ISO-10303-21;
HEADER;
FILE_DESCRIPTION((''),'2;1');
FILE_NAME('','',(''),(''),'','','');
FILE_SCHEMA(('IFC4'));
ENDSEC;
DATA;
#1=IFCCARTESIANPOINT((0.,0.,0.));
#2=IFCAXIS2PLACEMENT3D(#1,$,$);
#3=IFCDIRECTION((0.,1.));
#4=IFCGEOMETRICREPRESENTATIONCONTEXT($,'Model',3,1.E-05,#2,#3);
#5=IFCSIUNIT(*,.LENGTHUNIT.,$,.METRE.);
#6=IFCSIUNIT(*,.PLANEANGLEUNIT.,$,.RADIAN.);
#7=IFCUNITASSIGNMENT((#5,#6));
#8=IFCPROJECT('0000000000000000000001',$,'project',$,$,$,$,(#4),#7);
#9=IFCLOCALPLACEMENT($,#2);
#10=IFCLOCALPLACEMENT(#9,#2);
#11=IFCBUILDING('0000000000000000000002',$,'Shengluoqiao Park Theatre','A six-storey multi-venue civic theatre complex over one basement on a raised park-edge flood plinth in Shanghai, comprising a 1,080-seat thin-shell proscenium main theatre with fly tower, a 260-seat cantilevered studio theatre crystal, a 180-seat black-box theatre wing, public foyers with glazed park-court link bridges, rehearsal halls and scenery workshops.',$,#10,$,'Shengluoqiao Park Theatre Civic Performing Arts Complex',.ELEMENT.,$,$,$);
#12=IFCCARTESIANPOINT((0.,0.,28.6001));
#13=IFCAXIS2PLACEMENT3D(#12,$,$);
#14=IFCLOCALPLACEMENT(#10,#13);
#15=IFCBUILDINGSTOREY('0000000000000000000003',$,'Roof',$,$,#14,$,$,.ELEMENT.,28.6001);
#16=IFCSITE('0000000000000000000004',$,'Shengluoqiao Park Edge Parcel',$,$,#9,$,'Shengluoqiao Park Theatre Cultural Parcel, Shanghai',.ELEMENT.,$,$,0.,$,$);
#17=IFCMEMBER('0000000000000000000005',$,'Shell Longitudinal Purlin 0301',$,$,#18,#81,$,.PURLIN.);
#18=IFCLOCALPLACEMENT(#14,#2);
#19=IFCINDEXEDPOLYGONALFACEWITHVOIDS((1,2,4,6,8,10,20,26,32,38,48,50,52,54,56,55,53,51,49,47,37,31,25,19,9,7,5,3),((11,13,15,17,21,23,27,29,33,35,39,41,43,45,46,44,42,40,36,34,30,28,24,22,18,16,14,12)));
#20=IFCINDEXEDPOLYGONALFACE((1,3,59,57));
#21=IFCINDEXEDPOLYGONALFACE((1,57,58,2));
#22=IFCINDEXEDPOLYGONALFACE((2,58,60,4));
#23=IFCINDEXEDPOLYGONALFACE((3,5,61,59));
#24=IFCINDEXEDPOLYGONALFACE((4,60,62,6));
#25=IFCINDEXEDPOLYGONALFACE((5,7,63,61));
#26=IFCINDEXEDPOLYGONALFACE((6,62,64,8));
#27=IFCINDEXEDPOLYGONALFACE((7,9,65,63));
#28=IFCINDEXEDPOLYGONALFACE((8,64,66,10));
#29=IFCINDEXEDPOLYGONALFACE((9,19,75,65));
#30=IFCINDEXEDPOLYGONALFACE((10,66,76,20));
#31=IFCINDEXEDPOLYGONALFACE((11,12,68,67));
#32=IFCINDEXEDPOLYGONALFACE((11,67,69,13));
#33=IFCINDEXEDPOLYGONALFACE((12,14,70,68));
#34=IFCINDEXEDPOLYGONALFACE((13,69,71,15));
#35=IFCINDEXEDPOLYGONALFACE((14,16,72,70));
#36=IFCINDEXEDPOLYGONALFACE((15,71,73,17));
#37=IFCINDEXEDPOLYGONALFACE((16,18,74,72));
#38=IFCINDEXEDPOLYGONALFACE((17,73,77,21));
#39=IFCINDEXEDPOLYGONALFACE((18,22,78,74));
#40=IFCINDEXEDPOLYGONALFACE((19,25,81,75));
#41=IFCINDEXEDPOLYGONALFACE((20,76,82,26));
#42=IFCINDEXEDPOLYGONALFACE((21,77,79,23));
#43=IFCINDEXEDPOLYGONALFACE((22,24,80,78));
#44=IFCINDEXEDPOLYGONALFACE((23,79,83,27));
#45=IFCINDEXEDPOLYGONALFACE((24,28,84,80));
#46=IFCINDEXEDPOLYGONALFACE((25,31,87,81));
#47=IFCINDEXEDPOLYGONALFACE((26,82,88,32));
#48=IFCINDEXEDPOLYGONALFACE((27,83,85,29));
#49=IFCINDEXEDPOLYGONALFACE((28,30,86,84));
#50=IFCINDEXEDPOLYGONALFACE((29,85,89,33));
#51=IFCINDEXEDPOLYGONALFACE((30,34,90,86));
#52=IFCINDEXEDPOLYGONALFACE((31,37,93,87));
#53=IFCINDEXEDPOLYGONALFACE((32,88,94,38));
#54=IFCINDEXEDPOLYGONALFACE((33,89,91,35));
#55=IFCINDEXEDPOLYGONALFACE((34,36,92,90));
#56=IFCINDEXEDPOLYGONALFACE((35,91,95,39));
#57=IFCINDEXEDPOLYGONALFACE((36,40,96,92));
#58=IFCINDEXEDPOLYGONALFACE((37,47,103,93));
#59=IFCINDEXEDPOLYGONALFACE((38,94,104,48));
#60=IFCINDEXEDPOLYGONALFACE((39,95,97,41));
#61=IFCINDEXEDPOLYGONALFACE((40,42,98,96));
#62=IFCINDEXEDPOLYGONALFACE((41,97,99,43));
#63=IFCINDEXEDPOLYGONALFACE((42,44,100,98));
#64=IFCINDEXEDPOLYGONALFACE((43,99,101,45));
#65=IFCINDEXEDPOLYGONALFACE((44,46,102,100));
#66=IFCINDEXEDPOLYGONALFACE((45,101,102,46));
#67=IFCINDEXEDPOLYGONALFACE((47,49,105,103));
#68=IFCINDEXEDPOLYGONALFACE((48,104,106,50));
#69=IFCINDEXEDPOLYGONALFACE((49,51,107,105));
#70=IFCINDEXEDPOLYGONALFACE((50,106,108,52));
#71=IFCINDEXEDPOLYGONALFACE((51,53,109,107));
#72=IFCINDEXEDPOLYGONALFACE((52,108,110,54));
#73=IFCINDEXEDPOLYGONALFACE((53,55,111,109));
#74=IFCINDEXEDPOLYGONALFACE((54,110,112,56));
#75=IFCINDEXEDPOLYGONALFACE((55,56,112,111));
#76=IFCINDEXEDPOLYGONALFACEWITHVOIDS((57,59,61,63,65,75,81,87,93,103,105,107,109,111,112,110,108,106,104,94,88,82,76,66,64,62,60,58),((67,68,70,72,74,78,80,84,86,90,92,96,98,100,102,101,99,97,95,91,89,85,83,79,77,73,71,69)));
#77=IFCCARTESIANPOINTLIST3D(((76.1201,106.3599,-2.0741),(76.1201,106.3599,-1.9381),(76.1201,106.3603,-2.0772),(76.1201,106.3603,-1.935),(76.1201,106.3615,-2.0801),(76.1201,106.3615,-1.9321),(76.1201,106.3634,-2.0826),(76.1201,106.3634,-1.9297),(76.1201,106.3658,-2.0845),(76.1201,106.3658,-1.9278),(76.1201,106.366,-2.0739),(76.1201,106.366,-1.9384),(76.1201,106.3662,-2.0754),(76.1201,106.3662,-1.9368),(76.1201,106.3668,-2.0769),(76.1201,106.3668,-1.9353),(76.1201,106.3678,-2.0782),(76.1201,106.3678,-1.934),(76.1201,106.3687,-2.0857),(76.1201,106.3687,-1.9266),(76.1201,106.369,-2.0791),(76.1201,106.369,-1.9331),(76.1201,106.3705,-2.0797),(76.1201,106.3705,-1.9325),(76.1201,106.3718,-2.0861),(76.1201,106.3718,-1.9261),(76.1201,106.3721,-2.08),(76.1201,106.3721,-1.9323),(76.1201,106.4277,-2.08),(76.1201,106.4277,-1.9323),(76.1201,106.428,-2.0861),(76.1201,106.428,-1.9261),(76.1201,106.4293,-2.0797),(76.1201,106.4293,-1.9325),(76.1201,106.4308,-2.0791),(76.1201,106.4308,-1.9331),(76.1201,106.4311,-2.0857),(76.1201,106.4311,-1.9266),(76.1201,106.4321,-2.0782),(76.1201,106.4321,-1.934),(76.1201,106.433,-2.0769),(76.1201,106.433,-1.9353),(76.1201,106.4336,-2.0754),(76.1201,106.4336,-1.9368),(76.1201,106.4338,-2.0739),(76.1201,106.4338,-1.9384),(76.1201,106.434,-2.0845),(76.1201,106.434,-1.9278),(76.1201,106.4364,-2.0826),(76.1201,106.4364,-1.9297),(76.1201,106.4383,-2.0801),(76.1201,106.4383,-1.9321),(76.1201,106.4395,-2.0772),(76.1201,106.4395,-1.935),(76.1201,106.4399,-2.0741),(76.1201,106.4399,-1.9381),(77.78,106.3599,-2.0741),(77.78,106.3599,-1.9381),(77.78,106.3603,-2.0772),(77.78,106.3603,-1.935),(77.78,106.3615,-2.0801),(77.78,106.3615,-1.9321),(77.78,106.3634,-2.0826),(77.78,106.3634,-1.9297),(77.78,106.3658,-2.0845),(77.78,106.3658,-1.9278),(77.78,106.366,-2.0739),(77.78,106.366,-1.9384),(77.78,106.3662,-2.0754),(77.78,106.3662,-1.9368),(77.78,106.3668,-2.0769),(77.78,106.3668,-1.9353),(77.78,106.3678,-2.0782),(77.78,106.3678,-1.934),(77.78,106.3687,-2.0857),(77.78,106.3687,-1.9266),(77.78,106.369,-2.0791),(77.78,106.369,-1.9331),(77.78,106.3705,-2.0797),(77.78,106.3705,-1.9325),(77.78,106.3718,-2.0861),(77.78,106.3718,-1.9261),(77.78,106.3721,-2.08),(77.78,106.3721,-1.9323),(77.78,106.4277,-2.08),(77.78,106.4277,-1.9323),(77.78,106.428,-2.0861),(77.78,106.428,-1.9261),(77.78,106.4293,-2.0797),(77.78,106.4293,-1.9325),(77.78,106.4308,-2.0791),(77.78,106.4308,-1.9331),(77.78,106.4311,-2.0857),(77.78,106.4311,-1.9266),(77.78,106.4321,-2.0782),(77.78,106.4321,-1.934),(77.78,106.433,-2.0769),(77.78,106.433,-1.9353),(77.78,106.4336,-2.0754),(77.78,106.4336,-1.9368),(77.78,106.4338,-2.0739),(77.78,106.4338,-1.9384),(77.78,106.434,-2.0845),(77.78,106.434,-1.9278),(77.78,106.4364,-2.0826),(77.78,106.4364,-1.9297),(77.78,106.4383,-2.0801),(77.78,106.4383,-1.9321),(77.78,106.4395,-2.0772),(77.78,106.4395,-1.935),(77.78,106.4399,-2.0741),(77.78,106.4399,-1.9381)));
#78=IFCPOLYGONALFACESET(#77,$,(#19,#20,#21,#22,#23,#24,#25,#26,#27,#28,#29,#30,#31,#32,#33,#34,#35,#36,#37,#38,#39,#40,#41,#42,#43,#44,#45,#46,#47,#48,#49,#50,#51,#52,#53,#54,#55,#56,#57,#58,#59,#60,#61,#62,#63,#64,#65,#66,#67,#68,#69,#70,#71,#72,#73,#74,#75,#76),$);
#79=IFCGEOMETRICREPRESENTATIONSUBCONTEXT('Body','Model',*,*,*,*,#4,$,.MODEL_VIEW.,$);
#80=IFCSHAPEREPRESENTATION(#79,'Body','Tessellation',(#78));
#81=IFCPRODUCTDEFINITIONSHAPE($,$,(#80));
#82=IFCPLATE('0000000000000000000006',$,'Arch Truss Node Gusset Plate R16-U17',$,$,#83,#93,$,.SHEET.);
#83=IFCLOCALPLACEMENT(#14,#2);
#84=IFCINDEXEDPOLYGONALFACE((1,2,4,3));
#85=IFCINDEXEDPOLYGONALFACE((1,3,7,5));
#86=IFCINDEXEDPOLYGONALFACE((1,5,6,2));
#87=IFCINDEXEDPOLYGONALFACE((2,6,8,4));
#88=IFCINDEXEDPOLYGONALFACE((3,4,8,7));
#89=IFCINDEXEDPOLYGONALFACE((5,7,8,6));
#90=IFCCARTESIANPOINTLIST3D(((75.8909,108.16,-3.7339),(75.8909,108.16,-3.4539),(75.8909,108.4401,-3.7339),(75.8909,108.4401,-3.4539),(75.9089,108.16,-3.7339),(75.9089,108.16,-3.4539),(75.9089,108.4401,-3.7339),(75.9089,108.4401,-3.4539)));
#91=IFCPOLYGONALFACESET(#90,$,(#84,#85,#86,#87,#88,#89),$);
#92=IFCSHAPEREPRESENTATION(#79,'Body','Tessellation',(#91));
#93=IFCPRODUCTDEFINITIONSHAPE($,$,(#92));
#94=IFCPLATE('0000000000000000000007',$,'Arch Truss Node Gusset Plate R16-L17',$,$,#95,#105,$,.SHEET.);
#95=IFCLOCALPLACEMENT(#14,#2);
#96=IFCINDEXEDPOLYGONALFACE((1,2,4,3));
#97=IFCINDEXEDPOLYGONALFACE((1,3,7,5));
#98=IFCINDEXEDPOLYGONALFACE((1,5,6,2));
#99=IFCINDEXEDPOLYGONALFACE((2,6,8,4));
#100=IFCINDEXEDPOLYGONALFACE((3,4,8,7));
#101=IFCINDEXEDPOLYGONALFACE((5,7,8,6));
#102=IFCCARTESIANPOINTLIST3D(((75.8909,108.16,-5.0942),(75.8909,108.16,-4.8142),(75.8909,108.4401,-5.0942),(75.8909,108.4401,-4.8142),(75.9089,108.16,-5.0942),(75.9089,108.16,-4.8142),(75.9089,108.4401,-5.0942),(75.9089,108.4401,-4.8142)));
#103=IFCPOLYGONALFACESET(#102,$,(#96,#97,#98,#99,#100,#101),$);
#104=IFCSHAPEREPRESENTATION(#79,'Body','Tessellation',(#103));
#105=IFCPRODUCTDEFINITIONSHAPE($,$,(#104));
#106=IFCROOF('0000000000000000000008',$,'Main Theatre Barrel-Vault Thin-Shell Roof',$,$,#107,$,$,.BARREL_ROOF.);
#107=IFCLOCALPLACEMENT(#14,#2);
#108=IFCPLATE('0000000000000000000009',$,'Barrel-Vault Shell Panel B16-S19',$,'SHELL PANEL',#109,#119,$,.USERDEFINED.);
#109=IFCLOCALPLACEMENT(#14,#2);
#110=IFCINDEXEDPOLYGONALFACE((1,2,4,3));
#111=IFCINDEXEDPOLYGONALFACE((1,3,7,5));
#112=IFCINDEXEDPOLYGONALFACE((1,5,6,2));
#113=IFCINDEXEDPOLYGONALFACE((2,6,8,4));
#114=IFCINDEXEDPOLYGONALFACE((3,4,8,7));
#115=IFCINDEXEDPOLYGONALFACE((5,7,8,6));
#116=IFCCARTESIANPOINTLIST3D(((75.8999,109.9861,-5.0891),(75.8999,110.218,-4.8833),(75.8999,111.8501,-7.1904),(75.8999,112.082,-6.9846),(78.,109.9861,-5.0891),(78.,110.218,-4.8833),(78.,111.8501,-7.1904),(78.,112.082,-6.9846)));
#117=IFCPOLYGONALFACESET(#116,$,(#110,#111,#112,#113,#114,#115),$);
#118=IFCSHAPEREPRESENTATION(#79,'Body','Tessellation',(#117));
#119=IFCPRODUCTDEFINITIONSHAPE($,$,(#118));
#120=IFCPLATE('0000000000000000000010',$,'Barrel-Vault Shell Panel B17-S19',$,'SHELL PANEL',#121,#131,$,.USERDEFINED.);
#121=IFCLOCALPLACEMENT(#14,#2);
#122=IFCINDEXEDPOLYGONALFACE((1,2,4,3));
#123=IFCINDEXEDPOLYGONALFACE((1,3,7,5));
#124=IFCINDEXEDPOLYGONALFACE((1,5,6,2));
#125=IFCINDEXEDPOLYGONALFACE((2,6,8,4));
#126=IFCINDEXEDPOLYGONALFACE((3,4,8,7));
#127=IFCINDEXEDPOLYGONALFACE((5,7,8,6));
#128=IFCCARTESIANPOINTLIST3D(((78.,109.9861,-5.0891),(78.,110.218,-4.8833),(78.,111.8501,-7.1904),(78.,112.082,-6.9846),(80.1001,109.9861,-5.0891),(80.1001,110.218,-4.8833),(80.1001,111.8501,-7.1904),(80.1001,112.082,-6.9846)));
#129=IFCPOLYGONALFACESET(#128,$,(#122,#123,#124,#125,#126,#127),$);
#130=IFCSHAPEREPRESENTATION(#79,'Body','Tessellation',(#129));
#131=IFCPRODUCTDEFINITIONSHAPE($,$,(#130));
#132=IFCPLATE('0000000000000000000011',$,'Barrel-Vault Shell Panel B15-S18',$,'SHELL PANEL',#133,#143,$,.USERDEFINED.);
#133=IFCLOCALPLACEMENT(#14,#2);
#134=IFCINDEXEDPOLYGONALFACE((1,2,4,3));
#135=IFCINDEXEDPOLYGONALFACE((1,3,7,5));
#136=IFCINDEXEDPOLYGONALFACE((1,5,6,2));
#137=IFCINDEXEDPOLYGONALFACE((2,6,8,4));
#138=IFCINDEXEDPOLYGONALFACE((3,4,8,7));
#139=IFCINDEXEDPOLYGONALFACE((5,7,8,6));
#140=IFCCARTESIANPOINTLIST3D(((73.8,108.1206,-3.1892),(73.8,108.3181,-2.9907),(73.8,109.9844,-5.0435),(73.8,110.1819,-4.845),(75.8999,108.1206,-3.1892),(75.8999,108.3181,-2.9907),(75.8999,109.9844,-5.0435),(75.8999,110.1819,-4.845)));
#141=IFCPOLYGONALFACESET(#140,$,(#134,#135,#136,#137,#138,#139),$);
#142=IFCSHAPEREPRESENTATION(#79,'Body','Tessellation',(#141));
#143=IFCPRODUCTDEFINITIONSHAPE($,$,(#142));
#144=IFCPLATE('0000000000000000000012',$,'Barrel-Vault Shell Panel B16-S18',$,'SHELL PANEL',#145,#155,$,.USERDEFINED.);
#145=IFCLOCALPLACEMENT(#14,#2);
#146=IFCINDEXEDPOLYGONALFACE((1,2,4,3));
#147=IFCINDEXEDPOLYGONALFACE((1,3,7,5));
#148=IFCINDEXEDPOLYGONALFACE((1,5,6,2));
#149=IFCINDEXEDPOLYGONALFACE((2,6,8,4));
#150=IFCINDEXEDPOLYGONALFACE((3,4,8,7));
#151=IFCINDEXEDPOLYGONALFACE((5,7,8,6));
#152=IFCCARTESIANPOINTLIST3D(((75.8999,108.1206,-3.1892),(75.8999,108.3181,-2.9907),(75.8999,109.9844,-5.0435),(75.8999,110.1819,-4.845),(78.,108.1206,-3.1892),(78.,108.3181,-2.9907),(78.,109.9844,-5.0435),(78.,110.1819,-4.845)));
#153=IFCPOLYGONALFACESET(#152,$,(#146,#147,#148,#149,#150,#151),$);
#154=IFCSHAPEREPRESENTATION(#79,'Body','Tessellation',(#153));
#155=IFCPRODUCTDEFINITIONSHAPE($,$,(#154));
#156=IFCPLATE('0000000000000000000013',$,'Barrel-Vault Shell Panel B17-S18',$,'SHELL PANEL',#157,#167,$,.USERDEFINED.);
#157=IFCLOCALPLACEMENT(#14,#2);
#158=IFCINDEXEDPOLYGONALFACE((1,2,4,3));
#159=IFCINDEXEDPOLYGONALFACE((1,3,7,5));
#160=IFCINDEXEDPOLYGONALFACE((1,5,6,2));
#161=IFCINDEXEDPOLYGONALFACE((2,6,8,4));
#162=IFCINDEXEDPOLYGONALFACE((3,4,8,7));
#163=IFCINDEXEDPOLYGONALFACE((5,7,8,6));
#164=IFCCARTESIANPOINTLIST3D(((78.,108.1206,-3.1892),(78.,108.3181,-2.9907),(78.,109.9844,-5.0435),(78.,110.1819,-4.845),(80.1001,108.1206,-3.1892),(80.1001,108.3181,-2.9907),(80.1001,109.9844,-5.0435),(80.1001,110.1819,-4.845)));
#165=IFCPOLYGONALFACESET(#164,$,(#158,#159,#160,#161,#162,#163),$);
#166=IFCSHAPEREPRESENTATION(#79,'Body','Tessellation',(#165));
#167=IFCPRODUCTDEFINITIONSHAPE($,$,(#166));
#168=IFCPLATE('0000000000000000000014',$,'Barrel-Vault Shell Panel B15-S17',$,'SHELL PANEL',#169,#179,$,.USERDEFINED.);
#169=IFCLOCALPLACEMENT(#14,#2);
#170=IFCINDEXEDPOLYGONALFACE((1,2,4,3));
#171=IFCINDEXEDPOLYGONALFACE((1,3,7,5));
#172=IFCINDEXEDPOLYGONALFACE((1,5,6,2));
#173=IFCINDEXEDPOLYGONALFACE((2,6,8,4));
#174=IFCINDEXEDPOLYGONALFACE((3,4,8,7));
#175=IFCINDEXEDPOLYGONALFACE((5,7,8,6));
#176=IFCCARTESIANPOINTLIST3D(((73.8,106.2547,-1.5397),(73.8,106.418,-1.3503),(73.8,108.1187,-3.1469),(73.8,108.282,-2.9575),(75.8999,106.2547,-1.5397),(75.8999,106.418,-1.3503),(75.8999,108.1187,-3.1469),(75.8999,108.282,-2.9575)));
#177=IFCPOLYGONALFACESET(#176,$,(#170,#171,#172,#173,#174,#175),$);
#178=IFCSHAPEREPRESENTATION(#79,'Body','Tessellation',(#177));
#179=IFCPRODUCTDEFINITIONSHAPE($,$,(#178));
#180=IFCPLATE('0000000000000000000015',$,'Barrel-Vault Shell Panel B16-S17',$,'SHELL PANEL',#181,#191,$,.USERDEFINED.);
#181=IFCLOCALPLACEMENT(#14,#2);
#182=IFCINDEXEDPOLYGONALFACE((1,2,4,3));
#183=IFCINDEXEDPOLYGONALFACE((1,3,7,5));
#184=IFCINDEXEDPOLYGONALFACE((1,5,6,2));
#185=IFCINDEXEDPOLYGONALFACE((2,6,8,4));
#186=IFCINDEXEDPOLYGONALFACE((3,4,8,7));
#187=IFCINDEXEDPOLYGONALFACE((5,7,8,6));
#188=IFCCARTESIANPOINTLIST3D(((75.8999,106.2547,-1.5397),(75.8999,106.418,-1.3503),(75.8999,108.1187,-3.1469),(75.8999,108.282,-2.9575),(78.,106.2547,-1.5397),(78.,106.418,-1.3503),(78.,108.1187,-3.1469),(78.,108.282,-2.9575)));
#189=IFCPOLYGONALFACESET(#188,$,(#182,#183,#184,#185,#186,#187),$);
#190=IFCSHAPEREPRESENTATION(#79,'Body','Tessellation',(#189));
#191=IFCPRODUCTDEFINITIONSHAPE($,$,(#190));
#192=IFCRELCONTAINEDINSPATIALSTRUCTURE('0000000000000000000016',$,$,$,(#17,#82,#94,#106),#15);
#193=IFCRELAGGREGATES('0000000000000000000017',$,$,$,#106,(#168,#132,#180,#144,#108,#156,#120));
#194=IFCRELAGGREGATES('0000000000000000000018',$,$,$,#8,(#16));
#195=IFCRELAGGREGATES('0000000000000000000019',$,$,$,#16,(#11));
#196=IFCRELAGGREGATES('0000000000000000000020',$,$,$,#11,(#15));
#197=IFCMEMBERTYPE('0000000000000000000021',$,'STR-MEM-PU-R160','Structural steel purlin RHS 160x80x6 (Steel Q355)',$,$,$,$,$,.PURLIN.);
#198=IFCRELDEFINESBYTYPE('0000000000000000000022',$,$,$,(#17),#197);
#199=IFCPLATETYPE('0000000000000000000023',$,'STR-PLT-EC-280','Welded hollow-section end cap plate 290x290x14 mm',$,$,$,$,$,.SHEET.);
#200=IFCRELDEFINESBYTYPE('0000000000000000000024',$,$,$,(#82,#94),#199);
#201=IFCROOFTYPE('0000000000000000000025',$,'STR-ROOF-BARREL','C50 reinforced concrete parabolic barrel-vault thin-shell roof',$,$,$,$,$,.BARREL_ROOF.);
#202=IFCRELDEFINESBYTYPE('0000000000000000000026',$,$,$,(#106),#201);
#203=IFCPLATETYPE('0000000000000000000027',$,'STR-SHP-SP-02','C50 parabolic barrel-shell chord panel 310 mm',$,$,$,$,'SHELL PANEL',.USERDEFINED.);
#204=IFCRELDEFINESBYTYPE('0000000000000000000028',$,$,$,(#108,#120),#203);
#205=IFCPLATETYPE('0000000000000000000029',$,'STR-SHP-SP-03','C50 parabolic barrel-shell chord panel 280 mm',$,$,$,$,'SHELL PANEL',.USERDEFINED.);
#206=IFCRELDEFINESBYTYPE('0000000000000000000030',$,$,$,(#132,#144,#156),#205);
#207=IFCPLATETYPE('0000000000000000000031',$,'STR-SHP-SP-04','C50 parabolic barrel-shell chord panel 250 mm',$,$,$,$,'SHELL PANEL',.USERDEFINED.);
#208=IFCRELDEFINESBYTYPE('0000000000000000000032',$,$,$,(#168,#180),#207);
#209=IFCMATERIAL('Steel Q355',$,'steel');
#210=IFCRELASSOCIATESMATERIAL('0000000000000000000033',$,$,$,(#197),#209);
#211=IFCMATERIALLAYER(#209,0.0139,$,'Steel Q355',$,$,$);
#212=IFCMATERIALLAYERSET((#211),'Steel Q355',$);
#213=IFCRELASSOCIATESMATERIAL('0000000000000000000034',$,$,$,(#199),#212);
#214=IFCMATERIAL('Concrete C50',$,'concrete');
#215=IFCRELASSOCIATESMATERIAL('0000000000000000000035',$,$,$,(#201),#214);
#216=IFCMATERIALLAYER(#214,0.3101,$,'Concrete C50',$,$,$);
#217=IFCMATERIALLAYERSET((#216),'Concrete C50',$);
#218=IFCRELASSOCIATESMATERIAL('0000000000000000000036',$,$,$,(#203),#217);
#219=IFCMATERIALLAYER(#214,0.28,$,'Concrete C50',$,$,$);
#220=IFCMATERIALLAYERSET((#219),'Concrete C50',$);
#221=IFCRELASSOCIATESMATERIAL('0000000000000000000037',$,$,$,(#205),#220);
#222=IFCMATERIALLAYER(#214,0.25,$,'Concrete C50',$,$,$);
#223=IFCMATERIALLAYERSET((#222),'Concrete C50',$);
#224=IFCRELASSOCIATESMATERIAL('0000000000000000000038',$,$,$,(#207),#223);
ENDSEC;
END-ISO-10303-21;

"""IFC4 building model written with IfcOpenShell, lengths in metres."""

from ifc_helpers import new_model, si_unit, direction, frame, origin, origin_2d, place, context, subcontext, project, spatial, polyline, rectangle, hollow_rectangle, outline, extrude, material, layer, layer_set, material_profile, profile_set, type_object, element, aggregate, save


model = new_model("IFC4")

# Units and contexts
model_context = context("Model", 3, precision=1e-05, world=origin(), true_north=direction((0.0, 1.0)))
body_context = subcontext(model_context, "Body", "Model", "MODEL_VIEW")
ifc_project = project(units=[si_unit("LENGTHUNIT", "METRE"), si_unit("PLANEANGLEUNIT", "RADIAN")], contexts=[model_context])

# Site, building, storey
site_placement = place(None, origin())
site = spatial("IfcSite", under=ifc_project, at=site_placement, Name="Shengluoqiao Park Edge Parcel", LongName="Shengluoqiao Park Theatre Cultural Parcel, Shanghai", CompositionType="ELEMENT", RefElevation=0.0)
building_placement = place(site_placement, origin())
building = spatial("IfcBuilding", under=site, at=building_placement, Name="Shengluoqiao Park Theatre", Description="A six-storey multi-venue civic theatre complex over one basement on a raised park-edge flood plinth in Shanghai, comprising a 1,080-seat thin-shell proscenium main theatre with fly tower, a 260-seat cantilevered studio theatre crystal, a 180-seat black-box theatre wing, public foyers with glazed park-court link bridges, rehearsal halls and scenery workshops.", LongName="Shengluoqiao Park Theatre Civic Performing Arts Complex", CompositionType="ELEMENT")
storey_placement = place(building_placement, frame((0.0, 0.0, 28.6001)))
storey = spatial("IfcBuildingStorey", under=building, at=storey_placement, Name="Roof", CompositionType="ELEMENT", Elevation=28.6001)

# Shared definitions
ifc_material_1 = material(Name="Concrete C50", Category="concrete")
ifc_material_2 = material(Name="Steel Q355", Category="steel")

# Member
ifc_material_profile_1 = material_profile(ifc_material_2, hollow_rectangle(XDim=0.0801, YDim=0.1599, WallThickness=0.0061, InnerFilletRadius=0.0061, OuterFilletRadius=0.012, at=origin_2d()), Name="RHS 160x80x6")
ifc_profile_set_1 = profile_set([ifc_material_profile_1], Name="Steel Q355")
member_type_1 = type_object("IfcMemberType", Name="STR-MEM-PU-R160", Description="Structural steel purlin RHS 160x80x6 (Steel Q355)", PredefinedType="PURLIN", material=ifc_profile_set_1)
member_1_placement = place(storey_placement, frame((76.1201, 106.3999, -2.0061), z_axis=(1.0, 0.0, 0.0), x_axis=(0.0, 1.0, 0.0)))
element("IfcMember", 1, at=member_1_placement, inside=storey, type_object=member_type_1, Name="Shell Longitudinal Purlin 0301", PredefinedType="PURLIN", context=body_context, shape_type="SweptSolid", body=[
    extrude(hollow_rectangle(XDim=0.0801, YDim=0.1599, WallThickness=0.0061, InnerFilletRadius=0.0061, OuterFilletRadius=0.012, at=origin_2d()), origin(), (0.0, 0.0, 1.0), 1.6599),
])

# Plates
ifc_layer_1 = layer(ifc_material_2, 0.0139, Name="Steel Q355")
ifc_layer_set_1 = layer_set([ifc_layer_1], Name="Steel Q355")
plate_type_1 = type_object("IfcPlateType", Name="STR-PLT-EC-280", Description="Welded hollow-section end cap plate 290x290x14 mm", PredefinedType="SHEET", material=ifc_layer_set_1)
for number, where, z_axis, x_axis, name in (
    (2, (75.8999, 108.3, -3.7339), (0.0, 0.0, 1.0), (1.0, 0.0, 0.0), "Arch Truss Node Gusset Plate R16-U17"),
    (3, (75.8999, 108.3, -5.0942), (0.0, 0.0, 1.0), (1.0, 0.0, 0.0), "Arch Truss Node Gusset Plate R16-L17"),
):
    element("IfcPlate", number, at=place(storey_placement, frame(where, z_axis=z_axis, x_axis=x_axis)), inside=storey, type_object=plate_type_1, Name=name, PredefinedType="SHEET", context=body_context, shape_type="SweptSolid", body=[
        extrude(rectangle(XDim=0.0181, YDim=0.28, at=origin_2d()), origin(), (0.0, 0.0, 1.0), 0.28),
    ])

# Roof, plates
roof_type = type_object("IfcRoofType", Name="STR-ROOF-BARREL", Description="C50 reinforced concrete parabolic barrel-vault thin-shell roof", PredefinedType="BARREL_ROOF", material=ifc_material_1)
roof_placement = place(storey_placement, origin())
roof = element("IfcRoof", 4, at=roof_placement, inside=storey, type_object=roof_type, Name="Main Theatre Barrel-Vault Thin-Shell Roof", PredefinedType="BARREL_ROOF")
ifc_layer_2 = layer(ifc_material_1, 0.3101, Name="Concrete C50")
ifc_layer_set_2 = layer_set([ifc_layer_2], Name="Concrete C50")
plate_type_2 = type_object("IfcPlateType", Name="STR-SHP-SP-02", Description="C50 parabolic barrel-shell chord panel 310 mm", ElementType="SHELL PANEL", PredefinedType="USERDEFINED", material=ifc_layer_set_2)
plate_1_placement = place(storey_placement, frame((75.8999, 110.218, -4.8833), z_axis=(0.0, 0.748085, 0.663603), x_axis=(1.0, 0.0, 0.0)))
plate_1 = element("IfcPlate", 5, at=plate_1_placement, type_object=plate_type_2, Name="Barrel-Vault Shell Panel B16-S19", ObjectType="SHELL PANEL", PredefinedType="USERDEFINED", context=body_context, shape_type="SweptSolid", body=[
    extrude(outline(polyline([(0.0, 0.0), (2.1001, 0.0), (2.1001, 2.8089), (0.0, 2.8089), (0.0, 0.0)])), origin(), (0.0, 0.0, -1.0), 0.3101),
])
plate_2_placement = place(storey_placement, frame((78.0, 110.218, -4.8833), z_axis=(0.0, 0.748085, 0.663603), x_axis=(1.0, 0.0, 0.0)))
plate_2 = element("IfcPlate", 6, at=plate_2_placement, type_object=plate_type_2, Name="Barrel-Vault Shell Panel B17-S19", ObjectType="SHELL PANEL", PredefinedType="USERDEFINED", context=body_context, shape_type="SweptSolid", body=[
    extrude(outline(polyline([(0.0, 0.0), (2.1001, 0.0), (2.1001, 2.8089), (0.0, 2.8089), (0.0, 0.0)])), origin(), (0.0, 0.0, -1.0), 0.3101),
])
ifc_layer_3 = layer(ifc_material_1, 0.28, Name="Concrete C50")
ifc_layer_set_3 = layer_set([ifc_layer_3], Name="Concrete C50")
plate_type_3 = type_object("IfcPlateType", Name="STR-SHP-SP-03", Description="C50 parabolic barrel-shell chord panel 280 mm", ElementType="SHELL PANEL", PredefinedType="USERDEFINED", material=ifc_layer_set_3)
plate_3_placement = place(storey_placement, frame((73.8, 108.3181, -2.9907), z_axis=(0.0, 0.705294, 0.708915), x_axis=(1.0, 0.0, 0.0)))
plate_3 = element("IfcPlate", 7, at=plate_3_placement, type_object=plate_type_3, Name="Barrel-Vault Shell Panel B15-S18", ObjectType="SHELL PANEL", PredefinedType="USERDEFINED", context=body_context, shape_type="SweptSolid", body=[
    extrude(outline(polyline([(0.0, 0.0), (2.0999, 0.0), (2.0999, 2.629), (0.0, 2.629), (0.0, 0.0)])), origin(), (0.0, 0.0, -1.0), 0.28),
])
plate_4_placement = place(storey_placement, frame((75.8999, 108.3181, -2.9907), z_axis=(0.0, 0.705294, 0.708915), x_axis=(1.0, 0.0, 0.0)))
plate_4 = element("IfcPlate", 8, at=plate_4_placement, type_object=plate_type_3, Name="Barrel-Vault Shell Panel B16-S18", ObjectType="SHELL PANEL", PredefinedType="USERDEFINED", context=body_context, shape_type="SweptSolid", body=[
    extrude(outline(polyline([(0.0, 0.0), (2.1001, 0.0), (2.1001, 2.629), (0.0, 2.629), (0.0, 0.0)])), origin(), (0.0, 0.0, -1.0), 0.28),
])
plate_5_placement = place(storey_placement, frame((78.0, 108.3181, -2.9907), z_axis=(0.0, 0.705294, 0.708915), x_axis=(1.0, 0.0, 0.0)))
plate_5 = element("IfcPlate", 9, at=plate_5_placement, type_object=plate_type_3, Name="Barrel-Vault Shell Panel B17-S18", ObjectType="SHELL PANEL", PredefinedType="USERDEFINED", context=body_context, shape_type="SweptSolid", body=[
    extrude(outline(polyline([(0.0, 0.0), (2.1001, 0.0), (2.1001, 2.629), (0.0, 2.629), (0.0, 0.0)])), origin(), (0.0, 0.0, -1.0), 0.28),
])
ifc_layer_4 = layer(ifc_material_1, 0.25, Name="Concrete C50")
ifc_layer_set_4 = layer_set([ifc_layer_4], Name="Concrete C50")
plate_type_4 = type_object("IfcPlateType", Name="STR-SHP-SP-04", Description="C50 parabolic barrel-shell chord panel 250 mm", ElementType="SHELL PANEL", PredefinedType="USERDEFINED", material=ifc_layer_set_4)
plate_6_placement = place(storey_placement, frame((73.8, 106.418, -1.3503), z_axis=(0.0, 0.653002, 0.757356), x_axis=(1.0, 0.0, 0.0)))
plate_6 = element("IfcPlate", 10, at=plate_6_placement, type_object=plate_type_4, Name="Barrel-Vault Shell Panel B15-S17", ObjectType="SHELL PANEL", PredefinedType="USERDEFINED", context=body_context, shape_type="SweptSolid", body=[
    extrude(outline(polyline([(0.0, 0.0), (2.0999, 0.0), (2.0999, 2.4612), (0.0, 2.4612), (0.0, 0.0)])), origin(), (0.0, 0.0, -1.0), 0.25),
])
plate_7_placement = place(storey_placement, frame((75.8999, 106.418, -1.3503), z_axis=(0.0, 0.653002, 0.757356), x_axis=(1.0, 0.0, 0.0)))
plate_7 = element("IfcPlate", 11, at=plate_7_placement, type_object=plate_type_4, Name="Barrel-Vault Shell Panel B16-S17", ObjectType="SHELL PANEL", PredefinedType="USERDEFINED", context=body_context, shape_type="SweptSolid", body=[
    extrude(outline(polyline([(0.0, 0.0), (2.1001, 0.0), (2.1001, 2.4612), (0.0, 2.4612), (0.0, 0.0)])), origin(), (0.0, 0.0, -1.0), 0.25),
])
aggregate(roof, [plate_6, plate_3, plate_7, plate_4, plate_1, plate_5, plate_2])

save(model, "model.ifc")
